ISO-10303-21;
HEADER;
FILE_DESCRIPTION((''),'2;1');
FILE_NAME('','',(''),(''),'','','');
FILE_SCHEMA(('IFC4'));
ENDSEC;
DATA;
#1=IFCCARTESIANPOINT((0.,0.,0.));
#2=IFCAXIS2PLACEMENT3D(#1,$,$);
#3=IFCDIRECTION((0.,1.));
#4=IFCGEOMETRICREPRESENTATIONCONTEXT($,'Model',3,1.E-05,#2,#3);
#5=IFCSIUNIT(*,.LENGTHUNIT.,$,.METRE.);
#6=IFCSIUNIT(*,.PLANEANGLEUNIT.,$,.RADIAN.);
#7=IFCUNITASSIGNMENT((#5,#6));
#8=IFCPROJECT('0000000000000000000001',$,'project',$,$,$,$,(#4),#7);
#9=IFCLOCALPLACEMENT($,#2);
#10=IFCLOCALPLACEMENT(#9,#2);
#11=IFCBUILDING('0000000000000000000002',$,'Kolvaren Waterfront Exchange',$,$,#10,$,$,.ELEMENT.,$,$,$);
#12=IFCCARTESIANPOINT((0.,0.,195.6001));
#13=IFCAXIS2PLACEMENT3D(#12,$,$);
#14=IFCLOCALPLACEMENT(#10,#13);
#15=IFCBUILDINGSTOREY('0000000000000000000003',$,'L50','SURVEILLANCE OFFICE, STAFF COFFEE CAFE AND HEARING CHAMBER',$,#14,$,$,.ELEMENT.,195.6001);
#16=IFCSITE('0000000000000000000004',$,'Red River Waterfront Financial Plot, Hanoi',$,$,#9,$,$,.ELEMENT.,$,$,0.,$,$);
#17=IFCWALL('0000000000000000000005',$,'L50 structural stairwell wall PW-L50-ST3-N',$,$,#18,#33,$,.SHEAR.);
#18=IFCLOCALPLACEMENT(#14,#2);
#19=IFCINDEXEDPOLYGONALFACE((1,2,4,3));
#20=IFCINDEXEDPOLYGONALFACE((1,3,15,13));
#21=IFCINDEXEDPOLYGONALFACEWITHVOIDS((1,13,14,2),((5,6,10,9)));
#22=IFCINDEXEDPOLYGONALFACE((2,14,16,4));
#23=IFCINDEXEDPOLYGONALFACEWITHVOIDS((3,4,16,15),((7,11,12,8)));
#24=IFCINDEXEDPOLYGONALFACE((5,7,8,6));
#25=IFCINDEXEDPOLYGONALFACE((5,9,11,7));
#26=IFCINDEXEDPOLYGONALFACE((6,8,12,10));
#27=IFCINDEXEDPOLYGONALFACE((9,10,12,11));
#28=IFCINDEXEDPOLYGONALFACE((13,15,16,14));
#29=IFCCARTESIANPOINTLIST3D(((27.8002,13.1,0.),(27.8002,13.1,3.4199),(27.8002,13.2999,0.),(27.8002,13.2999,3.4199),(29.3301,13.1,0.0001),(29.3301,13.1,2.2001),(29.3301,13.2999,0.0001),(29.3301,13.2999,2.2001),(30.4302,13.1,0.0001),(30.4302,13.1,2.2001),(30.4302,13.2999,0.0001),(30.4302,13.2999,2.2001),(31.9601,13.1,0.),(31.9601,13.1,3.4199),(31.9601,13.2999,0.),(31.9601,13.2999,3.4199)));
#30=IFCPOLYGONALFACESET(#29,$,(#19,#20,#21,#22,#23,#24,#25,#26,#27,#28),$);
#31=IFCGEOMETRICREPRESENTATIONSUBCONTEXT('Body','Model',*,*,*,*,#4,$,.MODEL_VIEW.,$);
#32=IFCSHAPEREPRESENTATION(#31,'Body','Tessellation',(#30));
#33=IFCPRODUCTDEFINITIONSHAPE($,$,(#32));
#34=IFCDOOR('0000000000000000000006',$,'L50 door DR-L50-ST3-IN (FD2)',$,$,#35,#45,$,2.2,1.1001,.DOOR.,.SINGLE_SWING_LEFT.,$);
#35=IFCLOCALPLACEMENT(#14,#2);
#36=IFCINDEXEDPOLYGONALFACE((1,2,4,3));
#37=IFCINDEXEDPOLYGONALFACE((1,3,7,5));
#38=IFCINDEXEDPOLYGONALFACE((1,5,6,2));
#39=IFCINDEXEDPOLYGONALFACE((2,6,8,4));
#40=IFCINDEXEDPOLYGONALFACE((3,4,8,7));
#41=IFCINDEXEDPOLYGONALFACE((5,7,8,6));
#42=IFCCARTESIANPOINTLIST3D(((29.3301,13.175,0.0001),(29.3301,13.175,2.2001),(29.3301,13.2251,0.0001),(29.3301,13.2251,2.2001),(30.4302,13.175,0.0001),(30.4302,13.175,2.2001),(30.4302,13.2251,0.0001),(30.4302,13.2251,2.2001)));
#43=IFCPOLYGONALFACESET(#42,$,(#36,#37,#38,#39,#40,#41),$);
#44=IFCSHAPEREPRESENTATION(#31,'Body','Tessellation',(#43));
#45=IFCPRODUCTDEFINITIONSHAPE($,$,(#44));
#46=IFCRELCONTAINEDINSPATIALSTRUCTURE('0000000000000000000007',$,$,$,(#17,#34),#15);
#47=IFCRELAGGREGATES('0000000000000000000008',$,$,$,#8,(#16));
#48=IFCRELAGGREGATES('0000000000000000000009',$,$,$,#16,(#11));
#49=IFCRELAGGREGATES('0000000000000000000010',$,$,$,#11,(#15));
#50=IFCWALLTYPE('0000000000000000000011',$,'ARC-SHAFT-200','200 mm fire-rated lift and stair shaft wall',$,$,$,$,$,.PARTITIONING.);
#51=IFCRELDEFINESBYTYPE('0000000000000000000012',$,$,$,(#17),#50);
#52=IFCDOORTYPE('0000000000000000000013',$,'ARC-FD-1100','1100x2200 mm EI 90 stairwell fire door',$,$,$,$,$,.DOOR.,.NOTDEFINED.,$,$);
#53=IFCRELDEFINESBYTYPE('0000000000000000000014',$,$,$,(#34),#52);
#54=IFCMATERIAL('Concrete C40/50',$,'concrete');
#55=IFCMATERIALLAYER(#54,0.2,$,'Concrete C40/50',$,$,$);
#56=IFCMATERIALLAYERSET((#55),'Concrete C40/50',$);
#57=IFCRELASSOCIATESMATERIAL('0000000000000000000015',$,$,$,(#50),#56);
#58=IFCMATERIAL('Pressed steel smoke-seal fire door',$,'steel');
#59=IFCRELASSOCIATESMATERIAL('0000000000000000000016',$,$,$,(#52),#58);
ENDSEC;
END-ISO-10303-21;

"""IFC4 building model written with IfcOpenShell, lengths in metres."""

from ifc_helpers import new_model, si_unit, direction, frame, frame_2d, origin, place, context, subcontext, project, spatial, rectangle, extrude, material, layer, layer_set, type_object, element, fill, save


model = new_model("IFC4")

# Units and contexts
model_context = context("Model", 3, precision=1e-05, world=origin(), true_north=direction((0.0, 1.0)))
body_context = subcontext(model_context, "Body", "Model", "MODEL_VIEW")
ifc_project = project(units=[si_unit("LENGTHUNIT", "METRE"), si_unit("PLANEANGLEUNIT", "RADIAN")], contexts=[model_context])

# Site, building, storey
site_placement = place(None, origin())
site = spatial("IfcSite", under=ifc_project, at=site_placement, Name="Red River Waterfront Financial Plot, Hanoi", CompositionType="ELEMENT", RefElevation=0.0)
building_placement = place(site_placement, origin())
building = spatial("IfcBuilding", under=site, at=building_placement, Name="Kolvaren Waterfront Exchange", CompositionType="ELEMENT")
storey_placement = place(building_placement, frame((0.0, 0.0, 195.6001)))
storey = spatial("IfcBuildingStorey", under=building, at=storey_placement, Name="L50", Description="SURVEILLANCE OFFICE, STAFF COFFEE CAFE AND HEARING CHAMBER", CompositionType="ELEMENT", Elevation=195.6001)

# Wall, opening, door
ifc_material_1 = material(Name="Concrete C40/50", Category="concrete")
ifc_layer_1 = layer(ifc_material_1, 0.2, Name="Concrete C40/50")
ifc_layer_set_1 = layer_set([ifc_layer_1], Name="Concrete C40/50")
wall_type_1 = type_object("IfcWallType", Name="ARC-SHAFT-200", Description="200 mm fire-rated lift and stair shaft wall", PredefinedType="PARTITIONING", material=ifc_layer_set_1)
wall_1_placement = place(storey_placement, frame((27.8, 13.2, 0.0), z_axis=(0.0, 0.0, 1.0), x_axis=(1.0, 0.0, 0.0)))
wall_1 = element("IfcWall", 1, at=wall_1_placement, inside=storey, type_object=wall_type_1, Name="L50 structural stairwell wall PW-L50-ST3-N", PredefinedType="SHEAR", context=body_context, shape_type="SweptSolid", body=[
    extrude(rectangle(XDim=4.1599, YDim=0.2, at=frame_2d((2.0801, 0.0))), origin(), (0.0, 0.0, 1.0), 3.4199),
])
opening_1_placement = place(wall_1_placement, frame((1.53, 0.0, 0.0)))
opening_1 = element("IfcOpeningElement", 2, at=opening_1_placement, cuts=wall_1, PredefinedType="OPENING", context=body_context, shape_type="SweptSolid", body=[
    extrude(rectangle(XDim=1.1001, YDim=2.2, at=frame_2d((0.55, 1.1001))), frame((0.0, 0.1099, 0.0), z_axis=(0.0, -1.0, 0.0), x_axis=(1.0, 0.0, 0.0)), (0.0, 0.0, 1.0), 0.22),
])
ifc_material_2 = material(Name="Pressed steel smoke-seal fire door", Category="steel")
door_type_1 = type_object("IfcDoorType", Name="ARC-FD-1100", Description="1100x2200 mm EI 90 stairwell fire door", OperationType="NOTDEFINED", PredefinedType="DOOR", material=ifc_material_2)
door_1_placement = place(opening_1_placement, frame((1.1001, 0.0, 0.0), z_axis=(0.0, 0.0, 1.0), x_axis=(-1.0, 0.0, 0.0)))
door_1 = element("IfcDoor", 3, at=door_1_placement, inside=storey, type_object=door_type_1, Name="L50 door DR-L50-ST3-IN (FD2)", OperationType="SINGLE_SWING_LEFT", OverallHeight=2.2, OverallWidth=1.1001, PredefinedType="DOOR", context=body_context, shape_type="SweptSolid", body=[
    extrude(rectangle(XDim=1.1001, YDim=2.2, at=frame_2d((0.55, 1.1001))), frame((0.0, 0.0249, 0.0), z_axis=(0.0, -1.0, 0.0), x_axis=(1.0, 0.0, 0.0)), (0.0, 0.0, 1.0), 0.05),
])
fill(opening_1, door_1)

save(model, "model.ifc")
